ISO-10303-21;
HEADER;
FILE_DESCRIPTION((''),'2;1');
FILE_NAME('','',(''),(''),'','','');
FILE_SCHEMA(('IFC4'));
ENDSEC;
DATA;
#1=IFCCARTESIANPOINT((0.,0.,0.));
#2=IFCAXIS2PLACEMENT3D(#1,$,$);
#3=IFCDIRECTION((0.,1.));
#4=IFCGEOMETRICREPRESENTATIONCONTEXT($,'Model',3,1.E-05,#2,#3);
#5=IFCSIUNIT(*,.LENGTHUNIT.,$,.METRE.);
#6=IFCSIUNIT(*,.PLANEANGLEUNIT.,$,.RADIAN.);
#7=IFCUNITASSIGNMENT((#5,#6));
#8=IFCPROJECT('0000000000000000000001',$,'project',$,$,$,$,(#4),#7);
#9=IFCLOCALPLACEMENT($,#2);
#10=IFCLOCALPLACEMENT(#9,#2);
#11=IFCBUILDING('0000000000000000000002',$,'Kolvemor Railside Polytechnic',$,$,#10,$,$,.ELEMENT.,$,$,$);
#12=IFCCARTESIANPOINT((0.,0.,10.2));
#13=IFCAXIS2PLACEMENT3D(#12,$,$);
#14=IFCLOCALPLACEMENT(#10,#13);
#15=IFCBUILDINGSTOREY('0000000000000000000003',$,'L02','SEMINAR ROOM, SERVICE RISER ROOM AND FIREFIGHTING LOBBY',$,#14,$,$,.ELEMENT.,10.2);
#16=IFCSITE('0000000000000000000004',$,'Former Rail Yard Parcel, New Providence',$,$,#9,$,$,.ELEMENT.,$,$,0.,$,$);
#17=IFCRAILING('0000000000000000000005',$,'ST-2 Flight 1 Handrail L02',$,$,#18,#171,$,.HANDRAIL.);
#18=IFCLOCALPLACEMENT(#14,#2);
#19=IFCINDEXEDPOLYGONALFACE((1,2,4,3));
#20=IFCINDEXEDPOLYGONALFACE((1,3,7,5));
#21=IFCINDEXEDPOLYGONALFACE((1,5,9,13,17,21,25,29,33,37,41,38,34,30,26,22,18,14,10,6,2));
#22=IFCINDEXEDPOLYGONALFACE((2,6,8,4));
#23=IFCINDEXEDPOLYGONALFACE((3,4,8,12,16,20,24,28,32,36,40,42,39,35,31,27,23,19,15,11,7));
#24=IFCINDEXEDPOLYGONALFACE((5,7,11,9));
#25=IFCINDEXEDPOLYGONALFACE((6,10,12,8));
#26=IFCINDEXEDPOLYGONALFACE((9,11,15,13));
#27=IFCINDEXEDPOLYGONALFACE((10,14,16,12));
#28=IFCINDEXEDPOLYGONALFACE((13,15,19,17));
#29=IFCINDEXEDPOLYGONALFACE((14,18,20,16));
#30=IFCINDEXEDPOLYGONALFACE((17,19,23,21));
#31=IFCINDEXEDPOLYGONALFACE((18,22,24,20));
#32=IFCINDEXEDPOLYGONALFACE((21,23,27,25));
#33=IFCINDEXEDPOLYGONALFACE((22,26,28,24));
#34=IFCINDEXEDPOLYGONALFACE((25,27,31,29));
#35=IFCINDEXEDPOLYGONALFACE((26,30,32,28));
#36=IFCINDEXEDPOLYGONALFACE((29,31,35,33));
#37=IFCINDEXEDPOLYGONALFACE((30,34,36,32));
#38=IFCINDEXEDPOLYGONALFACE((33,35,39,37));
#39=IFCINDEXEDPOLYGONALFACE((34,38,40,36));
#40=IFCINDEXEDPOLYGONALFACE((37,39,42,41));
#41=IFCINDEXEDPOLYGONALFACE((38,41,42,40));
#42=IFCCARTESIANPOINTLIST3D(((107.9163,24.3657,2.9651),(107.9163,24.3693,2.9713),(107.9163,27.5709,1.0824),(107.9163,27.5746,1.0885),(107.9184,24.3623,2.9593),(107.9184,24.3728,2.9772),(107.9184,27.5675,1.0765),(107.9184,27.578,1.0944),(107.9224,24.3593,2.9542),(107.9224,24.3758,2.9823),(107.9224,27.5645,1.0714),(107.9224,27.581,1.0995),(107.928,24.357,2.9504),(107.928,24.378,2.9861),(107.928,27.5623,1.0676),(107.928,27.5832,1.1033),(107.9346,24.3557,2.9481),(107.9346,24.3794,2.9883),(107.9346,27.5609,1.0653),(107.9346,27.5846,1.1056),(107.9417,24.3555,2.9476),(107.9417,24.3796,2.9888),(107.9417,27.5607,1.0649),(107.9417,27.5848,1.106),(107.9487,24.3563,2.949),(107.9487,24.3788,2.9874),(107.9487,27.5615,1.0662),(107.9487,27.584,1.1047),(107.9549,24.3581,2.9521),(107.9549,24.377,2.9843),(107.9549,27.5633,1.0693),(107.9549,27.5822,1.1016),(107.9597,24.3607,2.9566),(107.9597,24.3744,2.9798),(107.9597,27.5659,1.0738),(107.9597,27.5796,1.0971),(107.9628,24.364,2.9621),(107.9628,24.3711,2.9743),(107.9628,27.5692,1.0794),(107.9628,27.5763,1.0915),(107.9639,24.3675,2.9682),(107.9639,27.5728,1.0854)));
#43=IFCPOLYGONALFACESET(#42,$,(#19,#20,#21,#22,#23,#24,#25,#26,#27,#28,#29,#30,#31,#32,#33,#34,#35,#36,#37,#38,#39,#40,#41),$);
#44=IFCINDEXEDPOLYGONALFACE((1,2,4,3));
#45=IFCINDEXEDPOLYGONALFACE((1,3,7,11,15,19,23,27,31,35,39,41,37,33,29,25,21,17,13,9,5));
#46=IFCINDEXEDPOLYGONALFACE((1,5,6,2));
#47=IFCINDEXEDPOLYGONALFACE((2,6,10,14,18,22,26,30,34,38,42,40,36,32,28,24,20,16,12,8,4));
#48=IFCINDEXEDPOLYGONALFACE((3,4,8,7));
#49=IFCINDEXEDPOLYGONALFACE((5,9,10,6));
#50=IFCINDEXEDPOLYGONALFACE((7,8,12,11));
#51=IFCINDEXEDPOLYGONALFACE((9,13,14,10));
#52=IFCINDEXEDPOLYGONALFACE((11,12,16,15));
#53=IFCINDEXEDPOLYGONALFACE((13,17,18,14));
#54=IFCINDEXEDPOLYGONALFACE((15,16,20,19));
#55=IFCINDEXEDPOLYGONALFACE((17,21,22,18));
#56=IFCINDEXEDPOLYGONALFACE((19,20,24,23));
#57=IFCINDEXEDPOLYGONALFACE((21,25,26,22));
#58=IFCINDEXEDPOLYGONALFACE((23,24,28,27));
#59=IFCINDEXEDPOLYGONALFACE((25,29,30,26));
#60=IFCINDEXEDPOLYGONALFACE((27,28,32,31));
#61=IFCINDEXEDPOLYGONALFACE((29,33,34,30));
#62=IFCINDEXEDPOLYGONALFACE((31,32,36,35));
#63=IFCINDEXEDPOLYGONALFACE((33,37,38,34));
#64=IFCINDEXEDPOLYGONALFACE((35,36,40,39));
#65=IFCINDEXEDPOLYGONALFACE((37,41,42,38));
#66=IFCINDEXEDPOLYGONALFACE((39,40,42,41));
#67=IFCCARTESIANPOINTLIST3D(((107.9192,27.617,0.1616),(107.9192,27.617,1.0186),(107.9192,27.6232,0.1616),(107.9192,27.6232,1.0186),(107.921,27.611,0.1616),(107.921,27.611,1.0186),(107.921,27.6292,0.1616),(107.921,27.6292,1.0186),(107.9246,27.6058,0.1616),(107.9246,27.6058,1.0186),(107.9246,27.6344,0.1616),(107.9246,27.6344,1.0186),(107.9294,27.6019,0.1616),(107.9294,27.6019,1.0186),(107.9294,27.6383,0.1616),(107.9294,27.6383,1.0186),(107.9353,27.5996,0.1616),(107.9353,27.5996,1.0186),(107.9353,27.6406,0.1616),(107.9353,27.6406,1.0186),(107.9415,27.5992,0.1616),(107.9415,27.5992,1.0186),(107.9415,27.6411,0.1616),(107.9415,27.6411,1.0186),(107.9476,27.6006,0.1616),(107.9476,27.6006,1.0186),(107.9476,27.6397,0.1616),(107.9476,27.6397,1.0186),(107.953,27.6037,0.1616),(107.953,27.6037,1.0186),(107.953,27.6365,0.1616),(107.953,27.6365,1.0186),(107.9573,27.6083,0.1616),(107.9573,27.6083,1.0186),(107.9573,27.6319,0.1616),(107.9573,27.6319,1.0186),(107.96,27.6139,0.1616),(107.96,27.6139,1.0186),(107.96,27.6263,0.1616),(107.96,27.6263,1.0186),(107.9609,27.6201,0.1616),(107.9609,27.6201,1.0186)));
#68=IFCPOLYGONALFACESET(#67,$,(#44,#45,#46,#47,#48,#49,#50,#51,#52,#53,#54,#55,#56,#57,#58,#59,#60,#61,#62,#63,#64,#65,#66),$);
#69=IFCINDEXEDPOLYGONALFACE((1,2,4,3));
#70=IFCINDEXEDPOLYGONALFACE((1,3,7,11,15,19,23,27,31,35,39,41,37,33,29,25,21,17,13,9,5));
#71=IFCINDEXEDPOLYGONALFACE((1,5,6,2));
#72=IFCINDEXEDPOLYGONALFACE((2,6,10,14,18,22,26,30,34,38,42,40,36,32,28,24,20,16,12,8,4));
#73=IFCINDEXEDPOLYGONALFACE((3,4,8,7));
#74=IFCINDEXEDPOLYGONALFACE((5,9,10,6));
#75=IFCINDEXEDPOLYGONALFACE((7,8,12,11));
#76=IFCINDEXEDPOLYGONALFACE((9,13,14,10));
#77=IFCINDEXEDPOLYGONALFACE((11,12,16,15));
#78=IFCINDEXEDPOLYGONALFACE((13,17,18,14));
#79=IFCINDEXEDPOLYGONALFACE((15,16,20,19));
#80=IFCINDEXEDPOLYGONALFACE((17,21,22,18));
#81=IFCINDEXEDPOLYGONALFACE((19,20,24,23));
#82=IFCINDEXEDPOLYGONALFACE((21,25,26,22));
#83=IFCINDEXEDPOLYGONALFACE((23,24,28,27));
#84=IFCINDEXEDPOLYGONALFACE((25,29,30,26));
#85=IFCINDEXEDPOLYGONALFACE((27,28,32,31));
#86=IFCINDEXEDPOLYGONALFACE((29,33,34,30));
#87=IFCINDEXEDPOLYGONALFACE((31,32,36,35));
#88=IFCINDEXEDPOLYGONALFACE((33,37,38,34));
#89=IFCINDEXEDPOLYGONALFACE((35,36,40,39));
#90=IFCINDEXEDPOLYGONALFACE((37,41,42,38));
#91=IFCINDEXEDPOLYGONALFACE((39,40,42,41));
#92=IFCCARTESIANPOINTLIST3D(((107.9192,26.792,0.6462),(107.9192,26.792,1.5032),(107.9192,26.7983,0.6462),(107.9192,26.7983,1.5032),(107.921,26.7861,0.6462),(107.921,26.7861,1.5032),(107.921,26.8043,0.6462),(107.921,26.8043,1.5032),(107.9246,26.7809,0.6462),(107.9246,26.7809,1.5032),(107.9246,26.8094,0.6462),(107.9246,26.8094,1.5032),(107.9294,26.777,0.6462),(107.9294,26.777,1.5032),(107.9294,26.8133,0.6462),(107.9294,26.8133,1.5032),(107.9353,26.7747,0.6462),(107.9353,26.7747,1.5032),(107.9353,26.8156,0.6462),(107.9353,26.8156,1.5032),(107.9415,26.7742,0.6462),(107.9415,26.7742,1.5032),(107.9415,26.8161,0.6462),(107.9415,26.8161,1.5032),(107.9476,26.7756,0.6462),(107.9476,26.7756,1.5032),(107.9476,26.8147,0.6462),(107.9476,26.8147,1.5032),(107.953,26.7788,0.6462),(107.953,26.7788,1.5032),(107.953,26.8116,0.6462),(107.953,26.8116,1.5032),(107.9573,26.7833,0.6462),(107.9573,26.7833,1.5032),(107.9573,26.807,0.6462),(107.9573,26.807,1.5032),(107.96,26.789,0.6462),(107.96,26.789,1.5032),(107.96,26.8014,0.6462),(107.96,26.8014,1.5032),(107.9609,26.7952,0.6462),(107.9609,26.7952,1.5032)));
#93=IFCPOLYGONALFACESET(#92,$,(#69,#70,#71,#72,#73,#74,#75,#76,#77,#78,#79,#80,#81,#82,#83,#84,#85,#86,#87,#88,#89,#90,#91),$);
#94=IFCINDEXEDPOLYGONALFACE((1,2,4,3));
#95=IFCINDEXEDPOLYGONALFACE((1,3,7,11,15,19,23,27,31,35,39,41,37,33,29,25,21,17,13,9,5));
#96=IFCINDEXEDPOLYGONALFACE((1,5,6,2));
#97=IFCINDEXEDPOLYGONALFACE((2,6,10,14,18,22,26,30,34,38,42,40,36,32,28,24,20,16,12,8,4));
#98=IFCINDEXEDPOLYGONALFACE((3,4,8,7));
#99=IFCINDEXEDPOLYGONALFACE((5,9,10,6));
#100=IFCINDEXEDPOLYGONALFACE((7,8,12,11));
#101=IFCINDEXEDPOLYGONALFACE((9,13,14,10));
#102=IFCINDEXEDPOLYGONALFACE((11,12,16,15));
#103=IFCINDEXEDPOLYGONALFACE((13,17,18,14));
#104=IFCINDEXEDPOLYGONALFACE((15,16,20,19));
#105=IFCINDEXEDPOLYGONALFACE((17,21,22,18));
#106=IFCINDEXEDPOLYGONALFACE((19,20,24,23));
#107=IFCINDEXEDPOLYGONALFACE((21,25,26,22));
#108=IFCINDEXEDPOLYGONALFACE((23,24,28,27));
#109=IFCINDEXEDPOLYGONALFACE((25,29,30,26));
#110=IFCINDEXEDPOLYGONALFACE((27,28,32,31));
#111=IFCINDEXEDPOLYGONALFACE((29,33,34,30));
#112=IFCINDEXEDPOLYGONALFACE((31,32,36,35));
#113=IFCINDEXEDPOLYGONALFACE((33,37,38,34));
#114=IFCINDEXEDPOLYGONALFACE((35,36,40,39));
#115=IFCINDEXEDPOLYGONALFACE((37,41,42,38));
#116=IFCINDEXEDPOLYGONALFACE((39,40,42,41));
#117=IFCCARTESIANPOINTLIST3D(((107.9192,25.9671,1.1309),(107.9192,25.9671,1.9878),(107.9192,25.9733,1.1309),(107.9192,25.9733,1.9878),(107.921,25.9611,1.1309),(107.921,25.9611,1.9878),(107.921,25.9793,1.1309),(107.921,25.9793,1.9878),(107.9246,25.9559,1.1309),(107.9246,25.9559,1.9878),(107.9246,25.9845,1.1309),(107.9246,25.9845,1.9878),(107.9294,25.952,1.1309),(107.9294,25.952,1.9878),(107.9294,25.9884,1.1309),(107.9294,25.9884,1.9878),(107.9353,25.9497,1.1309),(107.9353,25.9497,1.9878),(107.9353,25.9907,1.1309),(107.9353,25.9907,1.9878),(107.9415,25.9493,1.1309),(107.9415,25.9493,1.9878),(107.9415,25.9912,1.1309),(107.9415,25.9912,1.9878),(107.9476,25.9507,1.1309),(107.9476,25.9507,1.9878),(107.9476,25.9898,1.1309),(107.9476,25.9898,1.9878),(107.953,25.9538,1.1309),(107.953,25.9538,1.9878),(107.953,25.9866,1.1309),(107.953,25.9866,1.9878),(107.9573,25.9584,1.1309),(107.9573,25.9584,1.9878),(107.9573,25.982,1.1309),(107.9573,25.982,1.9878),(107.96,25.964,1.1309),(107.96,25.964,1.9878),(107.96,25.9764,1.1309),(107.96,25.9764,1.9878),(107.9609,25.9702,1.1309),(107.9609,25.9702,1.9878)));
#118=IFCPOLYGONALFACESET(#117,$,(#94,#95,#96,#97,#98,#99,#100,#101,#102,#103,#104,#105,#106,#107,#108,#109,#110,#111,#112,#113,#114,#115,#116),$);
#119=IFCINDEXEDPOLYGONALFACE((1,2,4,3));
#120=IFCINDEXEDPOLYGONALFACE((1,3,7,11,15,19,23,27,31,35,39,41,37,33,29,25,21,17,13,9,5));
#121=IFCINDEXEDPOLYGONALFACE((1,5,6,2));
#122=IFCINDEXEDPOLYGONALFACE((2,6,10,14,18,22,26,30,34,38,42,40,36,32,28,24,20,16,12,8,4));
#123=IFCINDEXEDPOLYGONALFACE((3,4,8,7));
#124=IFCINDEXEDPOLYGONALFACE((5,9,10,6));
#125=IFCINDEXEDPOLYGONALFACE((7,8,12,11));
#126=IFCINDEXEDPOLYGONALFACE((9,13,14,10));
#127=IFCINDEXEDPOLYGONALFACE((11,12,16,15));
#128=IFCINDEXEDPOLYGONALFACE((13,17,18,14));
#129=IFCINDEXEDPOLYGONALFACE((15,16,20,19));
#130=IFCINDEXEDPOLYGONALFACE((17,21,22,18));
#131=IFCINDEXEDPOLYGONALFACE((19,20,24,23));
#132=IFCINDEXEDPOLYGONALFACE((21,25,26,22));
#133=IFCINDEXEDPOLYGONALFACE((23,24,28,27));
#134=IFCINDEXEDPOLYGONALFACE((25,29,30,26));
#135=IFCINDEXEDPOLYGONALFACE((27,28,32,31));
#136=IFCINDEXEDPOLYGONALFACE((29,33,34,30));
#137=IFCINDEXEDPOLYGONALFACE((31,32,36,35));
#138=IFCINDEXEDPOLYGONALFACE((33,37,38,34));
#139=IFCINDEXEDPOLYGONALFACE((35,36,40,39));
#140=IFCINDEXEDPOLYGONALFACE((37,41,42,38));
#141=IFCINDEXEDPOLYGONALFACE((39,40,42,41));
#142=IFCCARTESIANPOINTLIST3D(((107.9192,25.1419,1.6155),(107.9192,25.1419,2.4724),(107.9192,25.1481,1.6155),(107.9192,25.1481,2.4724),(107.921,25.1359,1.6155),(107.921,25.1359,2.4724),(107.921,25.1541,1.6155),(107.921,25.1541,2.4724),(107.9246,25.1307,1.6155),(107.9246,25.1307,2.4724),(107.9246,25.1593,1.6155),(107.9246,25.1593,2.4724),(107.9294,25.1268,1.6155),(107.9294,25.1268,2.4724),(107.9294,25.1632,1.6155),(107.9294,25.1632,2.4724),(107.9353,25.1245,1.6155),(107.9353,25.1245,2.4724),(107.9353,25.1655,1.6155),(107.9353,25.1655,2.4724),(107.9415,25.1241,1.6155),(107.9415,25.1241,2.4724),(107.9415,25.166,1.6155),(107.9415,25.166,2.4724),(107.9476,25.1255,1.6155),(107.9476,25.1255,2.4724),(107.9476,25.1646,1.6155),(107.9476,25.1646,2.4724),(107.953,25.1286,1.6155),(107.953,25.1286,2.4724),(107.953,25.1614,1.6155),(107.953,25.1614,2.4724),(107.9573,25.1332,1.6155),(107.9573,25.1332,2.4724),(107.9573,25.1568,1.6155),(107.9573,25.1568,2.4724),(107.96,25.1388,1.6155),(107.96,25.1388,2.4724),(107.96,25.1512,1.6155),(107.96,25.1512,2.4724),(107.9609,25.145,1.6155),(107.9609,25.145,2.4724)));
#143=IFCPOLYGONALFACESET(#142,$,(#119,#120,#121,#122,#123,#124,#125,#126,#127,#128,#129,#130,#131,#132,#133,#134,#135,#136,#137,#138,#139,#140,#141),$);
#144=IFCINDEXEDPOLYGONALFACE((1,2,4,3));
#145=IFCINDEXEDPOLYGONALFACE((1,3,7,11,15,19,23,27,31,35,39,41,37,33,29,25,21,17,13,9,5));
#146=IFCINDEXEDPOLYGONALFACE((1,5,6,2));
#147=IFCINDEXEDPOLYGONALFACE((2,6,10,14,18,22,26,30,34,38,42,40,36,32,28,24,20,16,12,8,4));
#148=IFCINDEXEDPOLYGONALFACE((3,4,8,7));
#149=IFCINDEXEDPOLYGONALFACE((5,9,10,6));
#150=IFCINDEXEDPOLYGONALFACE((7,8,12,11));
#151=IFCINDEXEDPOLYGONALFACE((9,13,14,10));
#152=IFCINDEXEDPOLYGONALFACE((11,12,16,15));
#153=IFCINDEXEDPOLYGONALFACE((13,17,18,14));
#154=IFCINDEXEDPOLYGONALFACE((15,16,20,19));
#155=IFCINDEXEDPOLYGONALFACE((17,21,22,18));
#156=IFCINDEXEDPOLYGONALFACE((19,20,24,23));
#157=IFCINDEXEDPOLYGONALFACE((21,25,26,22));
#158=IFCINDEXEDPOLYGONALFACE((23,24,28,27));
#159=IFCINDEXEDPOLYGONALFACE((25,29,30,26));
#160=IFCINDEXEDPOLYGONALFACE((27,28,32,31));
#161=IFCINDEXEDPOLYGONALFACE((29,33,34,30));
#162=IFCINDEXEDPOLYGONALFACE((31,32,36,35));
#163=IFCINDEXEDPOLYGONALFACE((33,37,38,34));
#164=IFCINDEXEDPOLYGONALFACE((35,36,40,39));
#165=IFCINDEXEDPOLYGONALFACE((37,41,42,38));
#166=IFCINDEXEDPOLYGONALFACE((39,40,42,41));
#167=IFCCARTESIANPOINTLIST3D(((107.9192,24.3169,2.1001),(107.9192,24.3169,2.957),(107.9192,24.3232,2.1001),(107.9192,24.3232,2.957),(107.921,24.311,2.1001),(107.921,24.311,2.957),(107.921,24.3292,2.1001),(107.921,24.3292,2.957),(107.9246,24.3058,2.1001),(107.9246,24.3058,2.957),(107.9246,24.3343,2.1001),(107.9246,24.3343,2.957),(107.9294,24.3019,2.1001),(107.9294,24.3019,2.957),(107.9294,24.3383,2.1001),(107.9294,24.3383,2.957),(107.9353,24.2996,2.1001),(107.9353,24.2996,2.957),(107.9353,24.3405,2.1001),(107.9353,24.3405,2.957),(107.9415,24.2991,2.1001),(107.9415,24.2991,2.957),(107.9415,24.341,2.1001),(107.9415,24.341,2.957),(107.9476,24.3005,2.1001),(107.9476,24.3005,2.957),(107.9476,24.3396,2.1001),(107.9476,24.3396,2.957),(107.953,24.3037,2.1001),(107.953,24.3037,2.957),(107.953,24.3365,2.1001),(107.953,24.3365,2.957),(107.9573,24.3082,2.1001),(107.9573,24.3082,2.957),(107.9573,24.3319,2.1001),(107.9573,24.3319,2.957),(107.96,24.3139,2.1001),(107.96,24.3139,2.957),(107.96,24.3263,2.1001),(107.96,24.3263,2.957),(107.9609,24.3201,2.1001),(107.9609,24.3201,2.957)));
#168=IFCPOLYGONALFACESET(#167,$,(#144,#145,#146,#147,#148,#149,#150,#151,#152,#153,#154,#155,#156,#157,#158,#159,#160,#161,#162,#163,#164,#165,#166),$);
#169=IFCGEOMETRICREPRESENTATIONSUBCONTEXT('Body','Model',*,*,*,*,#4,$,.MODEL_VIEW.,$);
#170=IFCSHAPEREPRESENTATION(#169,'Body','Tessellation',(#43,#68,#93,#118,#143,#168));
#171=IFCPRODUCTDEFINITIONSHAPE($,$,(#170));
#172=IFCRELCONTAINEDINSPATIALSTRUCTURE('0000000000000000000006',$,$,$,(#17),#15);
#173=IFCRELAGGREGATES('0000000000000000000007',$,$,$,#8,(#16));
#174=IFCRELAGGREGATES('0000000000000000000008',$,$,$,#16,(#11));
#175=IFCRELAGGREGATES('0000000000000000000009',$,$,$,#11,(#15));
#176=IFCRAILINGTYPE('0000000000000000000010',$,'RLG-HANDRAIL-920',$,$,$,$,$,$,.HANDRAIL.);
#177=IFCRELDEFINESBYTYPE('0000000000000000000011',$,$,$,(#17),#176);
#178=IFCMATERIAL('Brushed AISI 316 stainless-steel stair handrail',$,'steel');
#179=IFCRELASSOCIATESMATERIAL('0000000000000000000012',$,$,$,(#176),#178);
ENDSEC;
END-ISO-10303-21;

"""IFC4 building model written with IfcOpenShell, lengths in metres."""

from ifc_helpers import new_model, si_unit, direction, frame, origin, origin_2d, place, context, subcontext, project, spatial, circle, extrude, material, type_object, element, save


model = new_model("IFC4")

# Units and contexts
model_context = context("Model", 3, precision=1e-05, world=origin(), true_north=direction((0.0, 1.0)))
body_context = subcontext(model_context, "Body", "Model", "MODEL_VIEW")
ifc_project = project(units=[si_unit("LENGTHUNIT", "METRE"), si_unit("PLANEANGLEUNIT", "RADIAN")], contexts=[model_context])

# Site, building, storey
site_placement = place(None, origin())
site = spatial("IfcSite", under=ifc_project, at=site_placement, Name="Former Rail Yard Parcel, New Providence", CompositionType="ELEMENT", RefElevation=0.0)
building_placement = place(site_placement, origin())
building = spatial("IfcBuilding", under=site, at=building_placement, Name="Kolvemor Railside Polytechnic", CompositionType="ELEMENT")
storey_placement = place(building_placement, frame((0.0, 0.0, 10.2)))
storey = spatial("IfcBuildingStorey", under=building, at=storey_placement, Name="L02", Description="SEMINAR ROOM, SERVICE RISER ROOM AND FIREFIGHTING LOBBY", CompositionType="ELEMENT", Elevation=10.2)

# Railing
ifc_material_1 = material(Name="Brushed AISI 316 stainless-steel stair handrail", Category="steel")
railing_type_1 = type_object("IfcRailingType", Name="RLG-HANDRAIL-920", PredefinedType="HANDRAIL", material=ifc_material_1)
railing_1_placement = place(storey_placement, frame((107.9399, 27.6201, 0.1616)))
element("IfcRailing", 1, at=railing_1_placement, inside=storey, type_object=railing_type_1, Name="ST-2 Flight 1 Handrail L02", PredefinedType="HANDRAIL", context=body_context, shape_type="SweptSolid", body=[
    extrude(circle(Radius=0.0239, at=origin_2d()), frame((0.0, -0.0474, 0.9238), z_axis=(0.0, -0.862246, 0.50649), x_axis=(1.0, 0.0, 0.0)), (0.0, 0.0, 1.0), 3.7173),
    extrude(circle(Radius=0.021, at=origin_2d()), origin(), (0.0, 0.0, 1.0), 0.8569),
    extrude(circle(Radius=0.021, at=origin_2d()), frame((0.0, -0.825, 0.4846)), (0.0, 0.0, 1.0), 0.8569),
    extrude(circle(Radius=0.021, at=origin_2d()), frame((0.0, -1.6499, 0.9692)), (0.0, 0.0, 1.0), 0.8569),
    extrude(circle(Radius=0.021, at=origin_2d()), frame((0.0, -2.4751, 1.4539)), (0.0, 0.0, 1.0), 0.8569),
    extrude(circle(Radius=0.021, at=origin_2d()), frame((0.0, -3.3, 1.9385)), (0.0, 0.0, 1.0), 0.8569),
])

save(model, "model.ifc")
